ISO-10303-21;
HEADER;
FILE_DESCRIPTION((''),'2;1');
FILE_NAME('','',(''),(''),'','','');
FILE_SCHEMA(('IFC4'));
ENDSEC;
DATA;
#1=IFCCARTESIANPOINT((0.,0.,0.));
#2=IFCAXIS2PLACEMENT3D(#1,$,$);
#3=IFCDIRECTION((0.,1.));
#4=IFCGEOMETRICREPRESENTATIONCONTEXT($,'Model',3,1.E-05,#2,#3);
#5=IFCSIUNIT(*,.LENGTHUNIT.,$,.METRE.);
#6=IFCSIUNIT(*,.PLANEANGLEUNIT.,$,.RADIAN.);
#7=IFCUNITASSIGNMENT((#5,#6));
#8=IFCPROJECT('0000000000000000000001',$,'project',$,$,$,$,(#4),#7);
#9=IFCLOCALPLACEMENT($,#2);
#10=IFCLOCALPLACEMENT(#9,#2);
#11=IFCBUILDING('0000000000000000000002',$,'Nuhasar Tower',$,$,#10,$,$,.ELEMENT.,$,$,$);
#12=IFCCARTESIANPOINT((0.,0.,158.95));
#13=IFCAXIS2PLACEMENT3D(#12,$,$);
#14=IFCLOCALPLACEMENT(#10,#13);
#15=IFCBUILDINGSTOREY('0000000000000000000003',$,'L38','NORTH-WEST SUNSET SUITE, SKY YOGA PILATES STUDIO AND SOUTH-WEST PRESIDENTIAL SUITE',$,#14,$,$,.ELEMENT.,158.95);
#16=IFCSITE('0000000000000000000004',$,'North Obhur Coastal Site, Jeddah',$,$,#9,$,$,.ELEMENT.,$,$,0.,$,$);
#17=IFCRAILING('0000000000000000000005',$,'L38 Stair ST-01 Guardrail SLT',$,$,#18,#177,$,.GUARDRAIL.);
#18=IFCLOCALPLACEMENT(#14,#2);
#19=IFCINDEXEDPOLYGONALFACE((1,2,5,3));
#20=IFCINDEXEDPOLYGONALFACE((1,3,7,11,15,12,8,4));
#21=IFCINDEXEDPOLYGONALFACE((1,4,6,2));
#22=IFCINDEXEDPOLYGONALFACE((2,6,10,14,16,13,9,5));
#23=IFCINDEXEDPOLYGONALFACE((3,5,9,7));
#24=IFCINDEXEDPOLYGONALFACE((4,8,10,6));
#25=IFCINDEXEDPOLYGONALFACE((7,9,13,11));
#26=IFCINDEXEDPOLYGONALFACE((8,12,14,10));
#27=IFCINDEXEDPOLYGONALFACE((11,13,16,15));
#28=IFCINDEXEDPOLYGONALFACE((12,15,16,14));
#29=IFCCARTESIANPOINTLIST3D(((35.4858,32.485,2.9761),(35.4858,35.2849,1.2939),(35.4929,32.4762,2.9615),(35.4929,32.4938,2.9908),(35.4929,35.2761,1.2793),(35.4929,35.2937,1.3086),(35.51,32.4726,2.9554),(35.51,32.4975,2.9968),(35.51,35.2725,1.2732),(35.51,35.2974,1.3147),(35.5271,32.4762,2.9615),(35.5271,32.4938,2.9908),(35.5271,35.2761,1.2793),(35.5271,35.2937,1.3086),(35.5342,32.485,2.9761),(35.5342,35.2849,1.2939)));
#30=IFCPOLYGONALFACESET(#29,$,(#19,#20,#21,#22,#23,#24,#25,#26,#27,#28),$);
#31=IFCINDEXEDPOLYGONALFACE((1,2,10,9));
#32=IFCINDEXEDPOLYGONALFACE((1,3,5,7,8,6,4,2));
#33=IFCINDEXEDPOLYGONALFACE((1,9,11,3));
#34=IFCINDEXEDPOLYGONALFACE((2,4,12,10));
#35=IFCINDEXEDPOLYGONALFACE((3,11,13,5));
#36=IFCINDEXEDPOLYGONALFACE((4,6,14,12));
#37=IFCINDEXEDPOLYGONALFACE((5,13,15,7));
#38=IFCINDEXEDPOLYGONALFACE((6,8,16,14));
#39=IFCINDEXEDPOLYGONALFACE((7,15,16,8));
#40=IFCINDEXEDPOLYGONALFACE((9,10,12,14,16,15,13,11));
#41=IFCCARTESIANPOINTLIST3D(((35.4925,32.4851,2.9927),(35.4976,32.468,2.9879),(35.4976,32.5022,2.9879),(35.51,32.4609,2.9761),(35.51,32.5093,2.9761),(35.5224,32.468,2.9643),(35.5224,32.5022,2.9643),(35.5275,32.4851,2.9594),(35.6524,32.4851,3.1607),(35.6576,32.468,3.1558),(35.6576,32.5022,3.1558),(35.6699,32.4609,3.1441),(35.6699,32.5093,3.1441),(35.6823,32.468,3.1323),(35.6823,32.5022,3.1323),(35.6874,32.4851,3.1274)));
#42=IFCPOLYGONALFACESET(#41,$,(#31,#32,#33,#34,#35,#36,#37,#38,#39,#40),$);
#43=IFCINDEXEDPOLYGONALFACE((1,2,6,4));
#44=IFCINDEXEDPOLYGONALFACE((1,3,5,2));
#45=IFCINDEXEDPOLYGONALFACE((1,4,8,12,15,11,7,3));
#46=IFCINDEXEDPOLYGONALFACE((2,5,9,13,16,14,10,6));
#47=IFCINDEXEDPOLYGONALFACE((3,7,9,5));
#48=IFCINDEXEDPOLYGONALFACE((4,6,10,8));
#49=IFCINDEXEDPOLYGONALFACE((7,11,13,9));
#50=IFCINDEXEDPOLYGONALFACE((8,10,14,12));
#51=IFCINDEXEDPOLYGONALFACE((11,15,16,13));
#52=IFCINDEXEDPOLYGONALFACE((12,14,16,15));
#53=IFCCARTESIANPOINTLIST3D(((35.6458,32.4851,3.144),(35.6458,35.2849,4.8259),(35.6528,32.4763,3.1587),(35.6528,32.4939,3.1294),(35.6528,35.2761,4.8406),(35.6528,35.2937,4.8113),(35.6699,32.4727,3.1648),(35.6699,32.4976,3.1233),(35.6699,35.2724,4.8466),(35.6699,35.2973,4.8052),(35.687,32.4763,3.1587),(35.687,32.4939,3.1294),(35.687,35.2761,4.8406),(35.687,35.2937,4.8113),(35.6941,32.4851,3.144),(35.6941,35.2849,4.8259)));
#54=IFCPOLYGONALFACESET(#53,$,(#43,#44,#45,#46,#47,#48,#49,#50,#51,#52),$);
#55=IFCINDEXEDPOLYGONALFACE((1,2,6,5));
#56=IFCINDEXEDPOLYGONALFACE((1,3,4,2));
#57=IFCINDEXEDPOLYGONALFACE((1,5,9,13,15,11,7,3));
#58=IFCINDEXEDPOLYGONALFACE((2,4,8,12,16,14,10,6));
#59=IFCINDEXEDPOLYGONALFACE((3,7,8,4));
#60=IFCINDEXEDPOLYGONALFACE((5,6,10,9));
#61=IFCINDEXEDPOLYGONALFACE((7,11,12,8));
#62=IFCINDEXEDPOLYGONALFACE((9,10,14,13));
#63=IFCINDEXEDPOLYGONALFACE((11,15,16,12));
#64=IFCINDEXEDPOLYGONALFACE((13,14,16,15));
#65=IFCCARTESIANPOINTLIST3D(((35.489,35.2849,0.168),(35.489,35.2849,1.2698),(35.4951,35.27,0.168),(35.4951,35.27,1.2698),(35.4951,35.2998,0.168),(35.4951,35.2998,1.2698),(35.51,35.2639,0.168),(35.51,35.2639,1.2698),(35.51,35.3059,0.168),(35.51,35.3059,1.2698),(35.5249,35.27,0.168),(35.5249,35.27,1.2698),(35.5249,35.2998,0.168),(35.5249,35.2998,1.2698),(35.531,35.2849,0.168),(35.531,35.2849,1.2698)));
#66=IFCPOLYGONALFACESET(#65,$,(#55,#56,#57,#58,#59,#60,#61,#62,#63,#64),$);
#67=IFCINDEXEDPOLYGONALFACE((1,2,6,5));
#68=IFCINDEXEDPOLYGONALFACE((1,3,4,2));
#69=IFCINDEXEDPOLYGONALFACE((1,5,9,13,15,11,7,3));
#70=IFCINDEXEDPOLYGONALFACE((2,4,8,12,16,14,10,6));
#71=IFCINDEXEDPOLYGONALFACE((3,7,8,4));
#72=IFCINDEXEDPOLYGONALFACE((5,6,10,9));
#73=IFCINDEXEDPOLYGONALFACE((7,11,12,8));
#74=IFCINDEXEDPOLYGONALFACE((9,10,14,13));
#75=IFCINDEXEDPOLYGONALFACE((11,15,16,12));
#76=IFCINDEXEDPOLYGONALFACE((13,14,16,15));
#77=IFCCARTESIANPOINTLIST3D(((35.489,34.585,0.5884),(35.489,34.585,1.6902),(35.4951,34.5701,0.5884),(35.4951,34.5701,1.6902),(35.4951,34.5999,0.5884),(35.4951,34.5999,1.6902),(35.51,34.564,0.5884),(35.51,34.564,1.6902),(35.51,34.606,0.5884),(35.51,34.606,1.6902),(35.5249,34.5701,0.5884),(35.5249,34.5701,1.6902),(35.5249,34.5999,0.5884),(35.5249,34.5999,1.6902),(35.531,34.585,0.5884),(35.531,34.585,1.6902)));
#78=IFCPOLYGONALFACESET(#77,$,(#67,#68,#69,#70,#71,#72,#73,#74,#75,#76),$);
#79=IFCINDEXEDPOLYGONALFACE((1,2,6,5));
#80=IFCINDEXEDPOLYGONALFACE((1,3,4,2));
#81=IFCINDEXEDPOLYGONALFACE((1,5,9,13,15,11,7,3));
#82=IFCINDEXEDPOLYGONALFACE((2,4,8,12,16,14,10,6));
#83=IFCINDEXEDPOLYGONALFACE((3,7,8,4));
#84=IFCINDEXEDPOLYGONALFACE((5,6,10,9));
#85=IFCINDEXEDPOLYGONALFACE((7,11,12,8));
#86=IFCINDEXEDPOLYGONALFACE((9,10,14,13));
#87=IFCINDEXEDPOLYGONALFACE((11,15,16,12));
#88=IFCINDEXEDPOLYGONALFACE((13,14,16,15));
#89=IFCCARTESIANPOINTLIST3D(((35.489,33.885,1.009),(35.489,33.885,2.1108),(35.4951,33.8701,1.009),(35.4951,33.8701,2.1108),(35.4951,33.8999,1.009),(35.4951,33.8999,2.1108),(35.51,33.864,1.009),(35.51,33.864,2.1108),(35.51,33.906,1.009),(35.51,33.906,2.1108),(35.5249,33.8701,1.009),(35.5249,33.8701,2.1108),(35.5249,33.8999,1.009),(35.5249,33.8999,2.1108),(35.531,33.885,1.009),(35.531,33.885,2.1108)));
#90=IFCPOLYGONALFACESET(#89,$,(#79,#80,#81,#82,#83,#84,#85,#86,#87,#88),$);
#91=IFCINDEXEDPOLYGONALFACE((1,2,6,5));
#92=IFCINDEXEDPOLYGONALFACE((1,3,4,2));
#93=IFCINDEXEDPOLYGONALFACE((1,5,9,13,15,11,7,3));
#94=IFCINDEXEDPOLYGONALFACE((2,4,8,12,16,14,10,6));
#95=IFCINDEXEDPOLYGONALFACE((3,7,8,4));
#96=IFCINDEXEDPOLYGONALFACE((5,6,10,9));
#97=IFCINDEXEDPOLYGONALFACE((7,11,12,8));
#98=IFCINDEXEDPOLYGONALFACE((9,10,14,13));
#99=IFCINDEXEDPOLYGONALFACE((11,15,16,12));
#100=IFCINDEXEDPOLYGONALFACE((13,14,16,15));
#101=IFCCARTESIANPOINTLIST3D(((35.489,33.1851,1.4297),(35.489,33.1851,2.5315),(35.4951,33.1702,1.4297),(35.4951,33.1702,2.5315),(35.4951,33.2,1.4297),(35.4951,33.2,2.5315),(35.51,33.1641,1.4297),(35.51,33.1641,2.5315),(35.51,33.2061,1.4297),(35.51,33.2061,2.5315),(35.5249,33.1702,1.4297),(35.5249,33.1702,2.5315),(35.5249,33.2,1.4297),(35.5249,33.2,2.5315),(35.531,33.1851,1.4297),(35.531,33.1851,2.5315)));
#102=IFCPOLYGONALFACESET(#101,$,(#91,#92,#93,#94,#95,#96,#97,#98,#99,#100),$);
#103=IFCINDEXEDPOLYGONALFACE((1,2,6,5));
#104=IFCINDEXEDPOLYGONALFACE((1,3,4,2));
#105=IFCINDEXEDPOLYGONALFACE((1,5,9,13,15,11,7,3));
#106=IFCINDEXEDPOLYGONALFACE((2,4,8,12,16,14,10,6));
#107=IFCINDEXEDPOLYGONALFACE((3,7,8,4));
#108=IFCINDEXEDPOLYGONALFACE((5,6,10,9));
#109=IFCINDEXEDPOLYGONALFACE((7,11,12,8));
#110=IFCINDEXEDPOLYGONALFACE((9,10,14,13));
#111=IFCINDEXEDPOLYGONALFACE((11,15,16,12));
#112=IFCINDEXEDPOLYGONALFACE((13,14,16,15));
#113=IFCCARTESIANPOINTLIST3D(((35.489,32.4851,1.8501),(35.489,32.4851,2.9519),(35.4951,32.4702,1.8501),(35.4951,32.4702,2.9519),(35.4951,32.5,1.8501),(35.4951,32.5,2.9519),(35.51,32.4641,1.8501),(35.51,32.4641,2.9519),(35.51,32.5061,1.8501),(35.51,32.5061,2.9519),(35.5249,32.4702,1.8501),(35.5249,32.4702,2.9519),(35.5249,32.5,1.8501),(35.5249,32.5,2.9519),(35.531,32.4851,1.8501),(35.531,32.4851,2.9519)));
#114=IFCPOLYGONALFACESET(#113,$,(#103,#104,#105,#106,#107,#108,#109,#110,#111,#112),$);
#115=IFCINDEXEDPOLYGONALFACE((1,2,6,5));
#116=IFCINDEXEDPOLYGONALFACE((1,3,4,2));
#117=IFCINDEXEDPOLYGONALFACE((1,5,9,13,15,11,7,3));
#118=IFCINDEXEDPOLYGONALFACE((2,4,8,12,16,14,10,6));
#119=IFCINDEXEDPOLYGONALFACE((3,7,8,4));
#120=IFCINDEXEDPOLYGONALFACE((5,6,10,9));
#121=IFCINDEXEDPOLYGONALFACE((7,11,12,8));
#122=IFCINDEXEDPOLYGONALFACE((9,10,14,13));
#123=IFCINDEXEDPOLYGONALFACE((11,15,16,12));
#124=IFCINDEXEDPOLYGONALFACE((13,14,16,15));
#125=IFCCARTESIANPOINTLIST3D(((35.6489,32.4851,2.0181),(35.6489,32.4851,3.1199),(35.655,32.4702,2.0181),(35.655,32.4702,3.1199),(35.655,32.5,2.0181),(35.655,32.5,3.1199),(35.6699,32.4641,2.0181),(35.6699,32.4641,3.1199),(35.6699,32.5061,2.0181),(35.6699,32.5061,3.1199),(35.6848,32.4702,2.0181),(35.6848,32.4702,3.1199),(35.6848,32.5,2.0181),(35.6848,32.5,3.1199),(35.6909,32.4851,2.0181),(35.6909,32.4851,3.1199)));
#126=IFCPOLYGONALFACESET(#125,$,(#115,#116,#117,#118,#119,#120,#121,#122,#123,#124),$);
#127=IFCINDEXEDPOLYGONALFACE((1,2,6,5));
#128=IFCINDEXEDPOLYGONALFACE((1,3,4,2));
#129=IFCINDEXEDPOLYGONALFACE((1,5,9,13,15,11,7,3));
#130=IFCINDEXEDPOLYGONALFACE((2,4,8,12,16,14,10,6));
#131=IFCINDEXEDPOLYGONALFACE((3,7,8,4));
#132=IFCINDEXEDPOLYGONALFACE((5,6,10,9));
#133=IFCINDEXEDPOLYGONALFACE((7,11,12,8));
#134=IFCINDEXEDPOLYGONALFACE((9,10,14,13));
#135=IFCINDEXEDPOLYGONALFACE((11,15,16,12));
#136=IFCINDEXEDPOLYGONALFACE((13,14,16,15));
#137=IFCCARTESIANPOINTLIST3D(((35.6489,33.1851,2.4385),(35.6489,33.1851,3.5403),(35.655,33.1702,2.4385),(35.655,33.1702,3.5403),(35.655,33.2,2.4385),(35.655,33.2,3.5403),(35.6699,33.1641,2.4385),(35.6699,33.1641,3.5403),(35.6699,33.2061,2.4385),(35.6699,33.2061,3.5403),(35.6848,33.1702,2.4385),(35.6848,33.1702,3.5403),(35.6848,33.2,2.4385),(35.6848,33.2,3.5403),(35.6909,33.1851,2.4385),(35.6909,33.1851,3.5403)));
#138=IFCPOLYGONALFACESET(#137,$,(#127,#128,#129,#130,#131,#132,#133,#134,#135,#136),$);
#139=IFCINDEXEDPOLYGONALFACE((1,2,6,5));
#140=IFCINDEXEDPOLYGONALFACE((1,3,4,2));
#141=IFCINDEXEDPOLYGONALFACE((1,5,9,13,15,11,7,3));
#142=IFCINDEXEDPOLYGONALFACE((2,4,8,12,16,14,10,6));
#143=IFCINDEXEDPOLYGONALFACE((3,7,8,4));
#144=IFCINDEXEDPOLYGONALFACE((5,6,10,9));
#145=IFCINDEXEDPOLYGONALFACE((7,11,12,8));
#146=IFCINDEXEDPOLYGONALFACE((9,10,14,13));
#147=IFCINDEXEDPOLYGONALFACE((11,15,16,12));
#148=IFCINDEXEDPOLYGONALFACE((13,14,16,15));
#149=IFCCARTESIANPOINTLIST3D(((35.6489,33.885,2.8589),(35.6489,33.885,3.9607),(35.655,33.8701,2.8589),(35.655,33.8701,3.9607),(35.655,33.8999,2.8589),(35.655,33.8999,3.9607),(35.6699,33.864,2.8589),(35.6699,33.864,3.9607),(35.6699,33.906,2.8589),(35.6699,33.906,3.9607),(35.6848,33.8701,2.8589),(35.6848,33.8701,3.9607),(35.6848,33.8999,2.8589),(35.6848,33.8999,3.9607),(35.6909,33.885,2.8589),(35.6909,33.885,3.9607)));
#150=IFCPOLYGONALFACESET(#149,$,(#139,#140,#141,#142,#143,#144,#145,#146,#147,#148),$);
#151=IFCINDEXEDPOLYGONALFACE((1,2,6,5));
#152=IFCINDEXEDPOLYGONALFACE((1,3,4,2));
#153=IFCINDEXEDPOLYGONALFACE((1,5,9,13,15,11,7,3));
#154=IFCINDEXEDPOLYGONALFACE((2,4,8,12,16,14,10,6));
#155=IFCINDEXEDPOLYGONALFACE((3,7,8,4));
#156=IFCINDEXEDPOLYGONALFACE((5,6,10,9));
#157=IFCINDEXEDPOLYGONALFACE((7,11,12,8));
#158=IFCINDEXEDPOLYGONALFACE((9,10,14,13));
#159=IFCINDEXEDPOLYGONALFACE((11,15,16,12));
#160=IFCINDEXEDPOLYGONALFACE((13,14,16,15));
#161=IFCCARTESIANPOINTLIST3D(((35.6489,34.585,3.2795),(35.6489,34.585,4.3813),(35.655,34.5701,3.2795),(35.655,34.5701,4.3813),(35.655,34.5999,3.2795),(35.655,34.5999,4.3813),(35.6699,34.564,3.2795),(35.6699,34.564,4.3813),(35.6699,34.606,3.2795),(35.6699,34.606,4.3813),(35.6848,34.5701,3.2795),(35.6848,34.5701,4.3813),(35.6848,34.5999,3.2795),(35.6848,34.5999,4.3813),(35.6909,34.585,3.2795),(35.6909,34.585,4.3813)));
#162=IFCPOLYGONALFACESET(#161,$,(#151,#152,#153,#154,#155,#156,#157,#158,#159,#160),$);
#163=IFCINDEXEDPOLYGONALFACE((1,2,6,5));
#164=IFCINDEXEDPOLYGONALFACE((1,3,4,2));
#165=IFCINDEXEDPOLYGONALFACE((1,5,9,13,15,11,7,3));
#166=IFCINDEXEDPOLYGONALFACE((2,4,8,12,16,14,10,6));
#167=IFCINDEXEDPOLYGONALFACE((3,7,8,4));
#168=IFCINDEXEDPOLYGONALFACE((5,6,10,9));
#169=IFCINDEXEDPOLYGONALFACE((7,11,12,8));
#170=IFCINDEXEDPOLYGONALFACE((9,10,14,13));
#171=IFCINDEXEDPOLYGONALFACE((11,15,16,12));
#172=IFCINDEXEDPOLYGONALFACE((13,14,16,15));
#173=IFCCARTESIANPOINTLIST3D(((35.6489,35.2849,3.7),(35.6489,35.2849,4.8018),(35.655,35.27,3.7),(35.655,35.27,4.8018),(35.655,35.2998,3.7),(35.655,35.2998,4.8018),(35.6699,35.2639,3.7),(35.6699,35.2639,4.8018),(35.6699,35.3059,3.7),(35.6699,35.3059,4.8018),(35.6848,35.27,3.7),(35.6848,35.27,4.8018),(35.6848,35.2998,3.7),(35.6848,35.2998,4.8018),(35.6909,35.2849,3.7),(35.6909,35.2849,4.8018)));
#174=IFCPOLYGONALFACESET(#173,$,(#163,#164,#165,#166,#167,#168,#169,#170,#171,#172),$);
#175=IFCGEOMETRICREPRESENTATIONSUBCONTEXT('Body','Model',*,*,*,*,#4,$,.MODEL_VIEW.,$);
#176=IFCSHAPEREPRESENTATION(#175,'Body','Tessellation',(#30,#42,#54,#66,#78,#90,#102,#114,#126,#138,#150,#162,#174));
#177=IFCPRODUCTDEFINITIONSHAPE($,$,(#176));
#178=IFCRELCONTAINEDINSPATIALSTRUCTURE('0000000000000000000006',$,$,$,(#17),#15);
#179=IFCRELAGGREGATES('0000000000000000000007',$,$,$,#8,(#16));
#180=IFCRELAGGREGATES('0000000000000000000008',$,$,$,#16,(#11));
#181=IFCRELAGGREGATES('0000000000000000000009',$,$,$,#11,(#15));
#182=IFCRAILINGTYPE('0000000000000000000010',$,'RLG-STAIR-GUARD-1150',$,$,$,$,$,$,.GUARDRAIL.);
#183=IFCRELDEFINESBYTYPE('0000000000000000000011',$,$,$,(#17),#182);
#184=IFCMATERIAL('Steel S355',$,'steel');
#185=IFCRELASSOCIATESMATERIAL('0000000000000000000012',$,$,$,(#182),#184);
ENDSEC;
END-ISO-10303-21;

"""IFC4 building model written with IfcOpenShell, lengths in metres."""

from ifc_helpers import new_model, si_unit, direction, frame, origin, place, context, subcontext, project, spatial, polyline, outline, extrude, material, type_object, element, save


model = new_model("IFC4")

# Units and contexts
model_context = context("Model", 3, precision=1e-05, world=origin(), true_north=direction((0.0, 1.0)))
body_context = subcontext(model_context, "Body", "Model", "MODEL_VIEW")
ifc_project = project(units=[si_unit("LENGTHUNIT", "METRE"), si_unit("PLANEANGLEUNIT", "RADIAN")], contexts=[model_context])

# Site, building, storey
site_placement = place(None, origin())
site = spatial("IfcSite", under=ifc_project, at=site_placement, Name="North Obhur Coastal Site, Jeddah", CompositionType="ELEMENT", RefElevation=0.0)
building_placement = place(site_placement, origin())
building = spatial("IfcBuilding", under=site, at=building_placement, Name="Nuhasar Tower", CompositionType="ELEMENT")
storey_placement = place(building_placement, frame((0.0, 0.0, 158.95)))
storey = spatial("IfcBuildingStorey", under=building, at=storey_placement, Name="L38", Description="NORTH-WEST SUNSET SUITE, SKY YOGA PILATES STUDIO AND SOUTH-WEST PRESIDENTIAL SUITE", CompositionType="ELEMENT", Elevation=158.95)

# Shared definitions
ifc_material_1 = material(Name="Steel S355", Category="steel")

# Railing
railing_type_1 = type_object("IfcRailingType", Name="RLG-STAIR-GUARD-1150", PredefinedType="GUARDRAIL", material=ifc_material_1)
railing_1_placement = place(storey_placement, frame((35.51, 35.2849, 0.168)))
element("IfcRailing", 1, at=railing_1_placement, inside=storey, type_object=railing_type_1, Name="L38 Stair ST-01 Guardrail SLT", PredefinedType="GUARDRAIL", context=body_context, shape_type="SweptSolid", body=[
    extrude(outline(polyline([(0.0242, 0.0), (0.0171, 0.0171), (0.0, 0.0242), (-0.0171, 0.0171), (-0.0242, 0.0), (-0.0171, -0.0171), (0.0, -0.0242), (0.0171, -0.0171), (0.0242, 0.0)])), frame((0.0, 0.0, 1.126), z_axis=(0.0, -0.857189, 0.515001), x_axis=(1.0, 0.0, 0.0)), (0.0, 0.0, 1.0), 3.2664),
    extrude(outline(polyline([(0.0242, 0.0), (0.0171, 0.0171), (0.0, 0.0242), (-0.0171, 0.0171), (-0.0242, 0.0), (-0.0171, -0.0171), (0.0, -0.0242), (0.0171, -0.0171), (0.0242, 0.0)])), frame((0.0, -2.7998, 2.8081), z_axis=(0.689524, 0.0, 0.724263), x_axis=(0.0, 1.0, 0.0)), (0.0, 0.0, 1.0), 0.2319),
    extrude(outline(polyline([(0.0242, 0.0), (0.0171, 0.0171), (0.0, 0.0242), (-0.0171, 0.0171), (-0.0242, 0.0), (-0.0171, -0.0171), (0.0, -0.0242), (0.0171, -0.0171), (0.0242, 0.0)])), frame((0.1599, -2.7998, 2.9761), z_axis=(0.0, 0.857222, 0.514946), x_axis=(-1.0, 0.0, 0.0)), (0.0, 0.0, 1.0), 3.2661),
    extrude(outline(polyline([(0.021, 0.0), (0.0149, 0.0149), (0.0, 0.021), (-0.0149, 0.0149), (-0.021, 0.0), (-0.0149, -0.0149), (0.0, -0.021), (0.0149, -0.0149), (0.021, 0.0)])), origin(), (0.0, 0.0, 1.0), 1.1018),
    extrude(outline(polyline([(0.021, 0.0), (0.0149, 0.0149), (0.0, 0.021), (-0.0149, 0.0149), (-0.021, 0.0), (-0.0149, -0.0149), (0.0, -0.021), (0.0149, -0.0149), (0.021, 0.0)])), frame((0.0, -0.7, 0.4204)), (0.0, 0.0, 1.0), 1.1018),
    extrude(outline(polyline([(0.021, 0.0), (0.0149, 0.0149), (0.0, 0.021), (-0.0149, 0.0149), (-0.021, 0.0), (-0.0149, -0.0149), (0.0, -0.021), (0.0149, -0.0149), (0.021, 0.0)])), frame((0.0, -1.3999, 0.8411)), (0.0, 0.0, 1.0), 1.1018),
    extrude(outline(polyline([(0.021, 0.0), (0.0149, 0.0149), (0.0, 0.021), (-0.0149, 0.0149), (-0.021, 0.0), (-0.0149, -0.0149), (0.0, -0.021), (0.0149, -0.0149), (0.021, 0.0)])), frame((0.0, -2.0999, 1.2617)), (0.0, 0.0, 1.0), 1.1018),
    extrude(outline(polyline([(0.021, 0.0), (0.0149, 0.0149), (0.0, 0.021), (-0.0149, 0.0149), (-0.021, 0.0), (-0.0149, -0.0149), (0.0, -0.021), (0.0149, -0.0149), (0.021, 0.0)])), frame((0.0, -2.7998, 1.6821)), (0.0, 0.0, 1.0), 1.1018),
    extrude(outline(polyline([(0.021, 0.0), (0.0149, 0.0149), (0.0, 0.021), (-0.0149, 0.0149), (-0.021, 0.0), (-0.0149, -0.0149), (0.0, -0.021), (0.0149, -0.0149), (0.021, 0.0)])), frame((0.1599, -2.7998, 1.8501)), (0.0, 0.0, 1.0), 1.1018),
    extrude(outline(polyline([(0.021, 0.0), (0.0149, 0.0149), (0.0, 0.021), (-0.0149, 0.0149), (-0.021, 0.0), (-0.0149, -0.0149), (0.0, -0.021), (0.0149, -0.0149), (0.021, 0.0)])), frame((0.1599, -2.0999, 2.2705)), (0.0, 0.0, 1.0), 1.1018),
    extrude(outline(polyline([(0.021, 0.0), (0.0149, 0.0149), (0.0, 0.021), (-0.0149, 0.0149), (-0.021, 0.0), (-0.0149, -0.0149), (0.0, -0.021), (0.0149, -0.0149), (0.021, 0.0)])), frame((0.1599, -1.3999, 2.6909)), (0.0, 0.0, 1.0), 1.1018),
    extrude(outline(polyline([(0.021, 0.0), (0.0149, 0.0149), (0.0, 0.021), (-0.0149, 0.0149), (-0.021, 0.0), (-0.0149, -0.0149), (0.0, -0.021), (0.0149, -0.0149), (0.021, 0.0)])), frame((0.1599, -0.7, 3.1116)), (0.0, 0.0, 1.0), 1.1018),
    extrude(outline(polyline([(0.021, 0.0), (0.0149, 0.0149), (0.0, 0.021), (-0.0149, 0.0149), (-0.021, 0.0), (-0.0149, -0.0149), (0.0, -0.021), (0.0149, -0.0149), (0.021, 0.0)])), frame((0.1599, 0.0, 3.532)), (0.0, 0.0, 1.0), 1.1018),
])

save(model, "model.ifc")
